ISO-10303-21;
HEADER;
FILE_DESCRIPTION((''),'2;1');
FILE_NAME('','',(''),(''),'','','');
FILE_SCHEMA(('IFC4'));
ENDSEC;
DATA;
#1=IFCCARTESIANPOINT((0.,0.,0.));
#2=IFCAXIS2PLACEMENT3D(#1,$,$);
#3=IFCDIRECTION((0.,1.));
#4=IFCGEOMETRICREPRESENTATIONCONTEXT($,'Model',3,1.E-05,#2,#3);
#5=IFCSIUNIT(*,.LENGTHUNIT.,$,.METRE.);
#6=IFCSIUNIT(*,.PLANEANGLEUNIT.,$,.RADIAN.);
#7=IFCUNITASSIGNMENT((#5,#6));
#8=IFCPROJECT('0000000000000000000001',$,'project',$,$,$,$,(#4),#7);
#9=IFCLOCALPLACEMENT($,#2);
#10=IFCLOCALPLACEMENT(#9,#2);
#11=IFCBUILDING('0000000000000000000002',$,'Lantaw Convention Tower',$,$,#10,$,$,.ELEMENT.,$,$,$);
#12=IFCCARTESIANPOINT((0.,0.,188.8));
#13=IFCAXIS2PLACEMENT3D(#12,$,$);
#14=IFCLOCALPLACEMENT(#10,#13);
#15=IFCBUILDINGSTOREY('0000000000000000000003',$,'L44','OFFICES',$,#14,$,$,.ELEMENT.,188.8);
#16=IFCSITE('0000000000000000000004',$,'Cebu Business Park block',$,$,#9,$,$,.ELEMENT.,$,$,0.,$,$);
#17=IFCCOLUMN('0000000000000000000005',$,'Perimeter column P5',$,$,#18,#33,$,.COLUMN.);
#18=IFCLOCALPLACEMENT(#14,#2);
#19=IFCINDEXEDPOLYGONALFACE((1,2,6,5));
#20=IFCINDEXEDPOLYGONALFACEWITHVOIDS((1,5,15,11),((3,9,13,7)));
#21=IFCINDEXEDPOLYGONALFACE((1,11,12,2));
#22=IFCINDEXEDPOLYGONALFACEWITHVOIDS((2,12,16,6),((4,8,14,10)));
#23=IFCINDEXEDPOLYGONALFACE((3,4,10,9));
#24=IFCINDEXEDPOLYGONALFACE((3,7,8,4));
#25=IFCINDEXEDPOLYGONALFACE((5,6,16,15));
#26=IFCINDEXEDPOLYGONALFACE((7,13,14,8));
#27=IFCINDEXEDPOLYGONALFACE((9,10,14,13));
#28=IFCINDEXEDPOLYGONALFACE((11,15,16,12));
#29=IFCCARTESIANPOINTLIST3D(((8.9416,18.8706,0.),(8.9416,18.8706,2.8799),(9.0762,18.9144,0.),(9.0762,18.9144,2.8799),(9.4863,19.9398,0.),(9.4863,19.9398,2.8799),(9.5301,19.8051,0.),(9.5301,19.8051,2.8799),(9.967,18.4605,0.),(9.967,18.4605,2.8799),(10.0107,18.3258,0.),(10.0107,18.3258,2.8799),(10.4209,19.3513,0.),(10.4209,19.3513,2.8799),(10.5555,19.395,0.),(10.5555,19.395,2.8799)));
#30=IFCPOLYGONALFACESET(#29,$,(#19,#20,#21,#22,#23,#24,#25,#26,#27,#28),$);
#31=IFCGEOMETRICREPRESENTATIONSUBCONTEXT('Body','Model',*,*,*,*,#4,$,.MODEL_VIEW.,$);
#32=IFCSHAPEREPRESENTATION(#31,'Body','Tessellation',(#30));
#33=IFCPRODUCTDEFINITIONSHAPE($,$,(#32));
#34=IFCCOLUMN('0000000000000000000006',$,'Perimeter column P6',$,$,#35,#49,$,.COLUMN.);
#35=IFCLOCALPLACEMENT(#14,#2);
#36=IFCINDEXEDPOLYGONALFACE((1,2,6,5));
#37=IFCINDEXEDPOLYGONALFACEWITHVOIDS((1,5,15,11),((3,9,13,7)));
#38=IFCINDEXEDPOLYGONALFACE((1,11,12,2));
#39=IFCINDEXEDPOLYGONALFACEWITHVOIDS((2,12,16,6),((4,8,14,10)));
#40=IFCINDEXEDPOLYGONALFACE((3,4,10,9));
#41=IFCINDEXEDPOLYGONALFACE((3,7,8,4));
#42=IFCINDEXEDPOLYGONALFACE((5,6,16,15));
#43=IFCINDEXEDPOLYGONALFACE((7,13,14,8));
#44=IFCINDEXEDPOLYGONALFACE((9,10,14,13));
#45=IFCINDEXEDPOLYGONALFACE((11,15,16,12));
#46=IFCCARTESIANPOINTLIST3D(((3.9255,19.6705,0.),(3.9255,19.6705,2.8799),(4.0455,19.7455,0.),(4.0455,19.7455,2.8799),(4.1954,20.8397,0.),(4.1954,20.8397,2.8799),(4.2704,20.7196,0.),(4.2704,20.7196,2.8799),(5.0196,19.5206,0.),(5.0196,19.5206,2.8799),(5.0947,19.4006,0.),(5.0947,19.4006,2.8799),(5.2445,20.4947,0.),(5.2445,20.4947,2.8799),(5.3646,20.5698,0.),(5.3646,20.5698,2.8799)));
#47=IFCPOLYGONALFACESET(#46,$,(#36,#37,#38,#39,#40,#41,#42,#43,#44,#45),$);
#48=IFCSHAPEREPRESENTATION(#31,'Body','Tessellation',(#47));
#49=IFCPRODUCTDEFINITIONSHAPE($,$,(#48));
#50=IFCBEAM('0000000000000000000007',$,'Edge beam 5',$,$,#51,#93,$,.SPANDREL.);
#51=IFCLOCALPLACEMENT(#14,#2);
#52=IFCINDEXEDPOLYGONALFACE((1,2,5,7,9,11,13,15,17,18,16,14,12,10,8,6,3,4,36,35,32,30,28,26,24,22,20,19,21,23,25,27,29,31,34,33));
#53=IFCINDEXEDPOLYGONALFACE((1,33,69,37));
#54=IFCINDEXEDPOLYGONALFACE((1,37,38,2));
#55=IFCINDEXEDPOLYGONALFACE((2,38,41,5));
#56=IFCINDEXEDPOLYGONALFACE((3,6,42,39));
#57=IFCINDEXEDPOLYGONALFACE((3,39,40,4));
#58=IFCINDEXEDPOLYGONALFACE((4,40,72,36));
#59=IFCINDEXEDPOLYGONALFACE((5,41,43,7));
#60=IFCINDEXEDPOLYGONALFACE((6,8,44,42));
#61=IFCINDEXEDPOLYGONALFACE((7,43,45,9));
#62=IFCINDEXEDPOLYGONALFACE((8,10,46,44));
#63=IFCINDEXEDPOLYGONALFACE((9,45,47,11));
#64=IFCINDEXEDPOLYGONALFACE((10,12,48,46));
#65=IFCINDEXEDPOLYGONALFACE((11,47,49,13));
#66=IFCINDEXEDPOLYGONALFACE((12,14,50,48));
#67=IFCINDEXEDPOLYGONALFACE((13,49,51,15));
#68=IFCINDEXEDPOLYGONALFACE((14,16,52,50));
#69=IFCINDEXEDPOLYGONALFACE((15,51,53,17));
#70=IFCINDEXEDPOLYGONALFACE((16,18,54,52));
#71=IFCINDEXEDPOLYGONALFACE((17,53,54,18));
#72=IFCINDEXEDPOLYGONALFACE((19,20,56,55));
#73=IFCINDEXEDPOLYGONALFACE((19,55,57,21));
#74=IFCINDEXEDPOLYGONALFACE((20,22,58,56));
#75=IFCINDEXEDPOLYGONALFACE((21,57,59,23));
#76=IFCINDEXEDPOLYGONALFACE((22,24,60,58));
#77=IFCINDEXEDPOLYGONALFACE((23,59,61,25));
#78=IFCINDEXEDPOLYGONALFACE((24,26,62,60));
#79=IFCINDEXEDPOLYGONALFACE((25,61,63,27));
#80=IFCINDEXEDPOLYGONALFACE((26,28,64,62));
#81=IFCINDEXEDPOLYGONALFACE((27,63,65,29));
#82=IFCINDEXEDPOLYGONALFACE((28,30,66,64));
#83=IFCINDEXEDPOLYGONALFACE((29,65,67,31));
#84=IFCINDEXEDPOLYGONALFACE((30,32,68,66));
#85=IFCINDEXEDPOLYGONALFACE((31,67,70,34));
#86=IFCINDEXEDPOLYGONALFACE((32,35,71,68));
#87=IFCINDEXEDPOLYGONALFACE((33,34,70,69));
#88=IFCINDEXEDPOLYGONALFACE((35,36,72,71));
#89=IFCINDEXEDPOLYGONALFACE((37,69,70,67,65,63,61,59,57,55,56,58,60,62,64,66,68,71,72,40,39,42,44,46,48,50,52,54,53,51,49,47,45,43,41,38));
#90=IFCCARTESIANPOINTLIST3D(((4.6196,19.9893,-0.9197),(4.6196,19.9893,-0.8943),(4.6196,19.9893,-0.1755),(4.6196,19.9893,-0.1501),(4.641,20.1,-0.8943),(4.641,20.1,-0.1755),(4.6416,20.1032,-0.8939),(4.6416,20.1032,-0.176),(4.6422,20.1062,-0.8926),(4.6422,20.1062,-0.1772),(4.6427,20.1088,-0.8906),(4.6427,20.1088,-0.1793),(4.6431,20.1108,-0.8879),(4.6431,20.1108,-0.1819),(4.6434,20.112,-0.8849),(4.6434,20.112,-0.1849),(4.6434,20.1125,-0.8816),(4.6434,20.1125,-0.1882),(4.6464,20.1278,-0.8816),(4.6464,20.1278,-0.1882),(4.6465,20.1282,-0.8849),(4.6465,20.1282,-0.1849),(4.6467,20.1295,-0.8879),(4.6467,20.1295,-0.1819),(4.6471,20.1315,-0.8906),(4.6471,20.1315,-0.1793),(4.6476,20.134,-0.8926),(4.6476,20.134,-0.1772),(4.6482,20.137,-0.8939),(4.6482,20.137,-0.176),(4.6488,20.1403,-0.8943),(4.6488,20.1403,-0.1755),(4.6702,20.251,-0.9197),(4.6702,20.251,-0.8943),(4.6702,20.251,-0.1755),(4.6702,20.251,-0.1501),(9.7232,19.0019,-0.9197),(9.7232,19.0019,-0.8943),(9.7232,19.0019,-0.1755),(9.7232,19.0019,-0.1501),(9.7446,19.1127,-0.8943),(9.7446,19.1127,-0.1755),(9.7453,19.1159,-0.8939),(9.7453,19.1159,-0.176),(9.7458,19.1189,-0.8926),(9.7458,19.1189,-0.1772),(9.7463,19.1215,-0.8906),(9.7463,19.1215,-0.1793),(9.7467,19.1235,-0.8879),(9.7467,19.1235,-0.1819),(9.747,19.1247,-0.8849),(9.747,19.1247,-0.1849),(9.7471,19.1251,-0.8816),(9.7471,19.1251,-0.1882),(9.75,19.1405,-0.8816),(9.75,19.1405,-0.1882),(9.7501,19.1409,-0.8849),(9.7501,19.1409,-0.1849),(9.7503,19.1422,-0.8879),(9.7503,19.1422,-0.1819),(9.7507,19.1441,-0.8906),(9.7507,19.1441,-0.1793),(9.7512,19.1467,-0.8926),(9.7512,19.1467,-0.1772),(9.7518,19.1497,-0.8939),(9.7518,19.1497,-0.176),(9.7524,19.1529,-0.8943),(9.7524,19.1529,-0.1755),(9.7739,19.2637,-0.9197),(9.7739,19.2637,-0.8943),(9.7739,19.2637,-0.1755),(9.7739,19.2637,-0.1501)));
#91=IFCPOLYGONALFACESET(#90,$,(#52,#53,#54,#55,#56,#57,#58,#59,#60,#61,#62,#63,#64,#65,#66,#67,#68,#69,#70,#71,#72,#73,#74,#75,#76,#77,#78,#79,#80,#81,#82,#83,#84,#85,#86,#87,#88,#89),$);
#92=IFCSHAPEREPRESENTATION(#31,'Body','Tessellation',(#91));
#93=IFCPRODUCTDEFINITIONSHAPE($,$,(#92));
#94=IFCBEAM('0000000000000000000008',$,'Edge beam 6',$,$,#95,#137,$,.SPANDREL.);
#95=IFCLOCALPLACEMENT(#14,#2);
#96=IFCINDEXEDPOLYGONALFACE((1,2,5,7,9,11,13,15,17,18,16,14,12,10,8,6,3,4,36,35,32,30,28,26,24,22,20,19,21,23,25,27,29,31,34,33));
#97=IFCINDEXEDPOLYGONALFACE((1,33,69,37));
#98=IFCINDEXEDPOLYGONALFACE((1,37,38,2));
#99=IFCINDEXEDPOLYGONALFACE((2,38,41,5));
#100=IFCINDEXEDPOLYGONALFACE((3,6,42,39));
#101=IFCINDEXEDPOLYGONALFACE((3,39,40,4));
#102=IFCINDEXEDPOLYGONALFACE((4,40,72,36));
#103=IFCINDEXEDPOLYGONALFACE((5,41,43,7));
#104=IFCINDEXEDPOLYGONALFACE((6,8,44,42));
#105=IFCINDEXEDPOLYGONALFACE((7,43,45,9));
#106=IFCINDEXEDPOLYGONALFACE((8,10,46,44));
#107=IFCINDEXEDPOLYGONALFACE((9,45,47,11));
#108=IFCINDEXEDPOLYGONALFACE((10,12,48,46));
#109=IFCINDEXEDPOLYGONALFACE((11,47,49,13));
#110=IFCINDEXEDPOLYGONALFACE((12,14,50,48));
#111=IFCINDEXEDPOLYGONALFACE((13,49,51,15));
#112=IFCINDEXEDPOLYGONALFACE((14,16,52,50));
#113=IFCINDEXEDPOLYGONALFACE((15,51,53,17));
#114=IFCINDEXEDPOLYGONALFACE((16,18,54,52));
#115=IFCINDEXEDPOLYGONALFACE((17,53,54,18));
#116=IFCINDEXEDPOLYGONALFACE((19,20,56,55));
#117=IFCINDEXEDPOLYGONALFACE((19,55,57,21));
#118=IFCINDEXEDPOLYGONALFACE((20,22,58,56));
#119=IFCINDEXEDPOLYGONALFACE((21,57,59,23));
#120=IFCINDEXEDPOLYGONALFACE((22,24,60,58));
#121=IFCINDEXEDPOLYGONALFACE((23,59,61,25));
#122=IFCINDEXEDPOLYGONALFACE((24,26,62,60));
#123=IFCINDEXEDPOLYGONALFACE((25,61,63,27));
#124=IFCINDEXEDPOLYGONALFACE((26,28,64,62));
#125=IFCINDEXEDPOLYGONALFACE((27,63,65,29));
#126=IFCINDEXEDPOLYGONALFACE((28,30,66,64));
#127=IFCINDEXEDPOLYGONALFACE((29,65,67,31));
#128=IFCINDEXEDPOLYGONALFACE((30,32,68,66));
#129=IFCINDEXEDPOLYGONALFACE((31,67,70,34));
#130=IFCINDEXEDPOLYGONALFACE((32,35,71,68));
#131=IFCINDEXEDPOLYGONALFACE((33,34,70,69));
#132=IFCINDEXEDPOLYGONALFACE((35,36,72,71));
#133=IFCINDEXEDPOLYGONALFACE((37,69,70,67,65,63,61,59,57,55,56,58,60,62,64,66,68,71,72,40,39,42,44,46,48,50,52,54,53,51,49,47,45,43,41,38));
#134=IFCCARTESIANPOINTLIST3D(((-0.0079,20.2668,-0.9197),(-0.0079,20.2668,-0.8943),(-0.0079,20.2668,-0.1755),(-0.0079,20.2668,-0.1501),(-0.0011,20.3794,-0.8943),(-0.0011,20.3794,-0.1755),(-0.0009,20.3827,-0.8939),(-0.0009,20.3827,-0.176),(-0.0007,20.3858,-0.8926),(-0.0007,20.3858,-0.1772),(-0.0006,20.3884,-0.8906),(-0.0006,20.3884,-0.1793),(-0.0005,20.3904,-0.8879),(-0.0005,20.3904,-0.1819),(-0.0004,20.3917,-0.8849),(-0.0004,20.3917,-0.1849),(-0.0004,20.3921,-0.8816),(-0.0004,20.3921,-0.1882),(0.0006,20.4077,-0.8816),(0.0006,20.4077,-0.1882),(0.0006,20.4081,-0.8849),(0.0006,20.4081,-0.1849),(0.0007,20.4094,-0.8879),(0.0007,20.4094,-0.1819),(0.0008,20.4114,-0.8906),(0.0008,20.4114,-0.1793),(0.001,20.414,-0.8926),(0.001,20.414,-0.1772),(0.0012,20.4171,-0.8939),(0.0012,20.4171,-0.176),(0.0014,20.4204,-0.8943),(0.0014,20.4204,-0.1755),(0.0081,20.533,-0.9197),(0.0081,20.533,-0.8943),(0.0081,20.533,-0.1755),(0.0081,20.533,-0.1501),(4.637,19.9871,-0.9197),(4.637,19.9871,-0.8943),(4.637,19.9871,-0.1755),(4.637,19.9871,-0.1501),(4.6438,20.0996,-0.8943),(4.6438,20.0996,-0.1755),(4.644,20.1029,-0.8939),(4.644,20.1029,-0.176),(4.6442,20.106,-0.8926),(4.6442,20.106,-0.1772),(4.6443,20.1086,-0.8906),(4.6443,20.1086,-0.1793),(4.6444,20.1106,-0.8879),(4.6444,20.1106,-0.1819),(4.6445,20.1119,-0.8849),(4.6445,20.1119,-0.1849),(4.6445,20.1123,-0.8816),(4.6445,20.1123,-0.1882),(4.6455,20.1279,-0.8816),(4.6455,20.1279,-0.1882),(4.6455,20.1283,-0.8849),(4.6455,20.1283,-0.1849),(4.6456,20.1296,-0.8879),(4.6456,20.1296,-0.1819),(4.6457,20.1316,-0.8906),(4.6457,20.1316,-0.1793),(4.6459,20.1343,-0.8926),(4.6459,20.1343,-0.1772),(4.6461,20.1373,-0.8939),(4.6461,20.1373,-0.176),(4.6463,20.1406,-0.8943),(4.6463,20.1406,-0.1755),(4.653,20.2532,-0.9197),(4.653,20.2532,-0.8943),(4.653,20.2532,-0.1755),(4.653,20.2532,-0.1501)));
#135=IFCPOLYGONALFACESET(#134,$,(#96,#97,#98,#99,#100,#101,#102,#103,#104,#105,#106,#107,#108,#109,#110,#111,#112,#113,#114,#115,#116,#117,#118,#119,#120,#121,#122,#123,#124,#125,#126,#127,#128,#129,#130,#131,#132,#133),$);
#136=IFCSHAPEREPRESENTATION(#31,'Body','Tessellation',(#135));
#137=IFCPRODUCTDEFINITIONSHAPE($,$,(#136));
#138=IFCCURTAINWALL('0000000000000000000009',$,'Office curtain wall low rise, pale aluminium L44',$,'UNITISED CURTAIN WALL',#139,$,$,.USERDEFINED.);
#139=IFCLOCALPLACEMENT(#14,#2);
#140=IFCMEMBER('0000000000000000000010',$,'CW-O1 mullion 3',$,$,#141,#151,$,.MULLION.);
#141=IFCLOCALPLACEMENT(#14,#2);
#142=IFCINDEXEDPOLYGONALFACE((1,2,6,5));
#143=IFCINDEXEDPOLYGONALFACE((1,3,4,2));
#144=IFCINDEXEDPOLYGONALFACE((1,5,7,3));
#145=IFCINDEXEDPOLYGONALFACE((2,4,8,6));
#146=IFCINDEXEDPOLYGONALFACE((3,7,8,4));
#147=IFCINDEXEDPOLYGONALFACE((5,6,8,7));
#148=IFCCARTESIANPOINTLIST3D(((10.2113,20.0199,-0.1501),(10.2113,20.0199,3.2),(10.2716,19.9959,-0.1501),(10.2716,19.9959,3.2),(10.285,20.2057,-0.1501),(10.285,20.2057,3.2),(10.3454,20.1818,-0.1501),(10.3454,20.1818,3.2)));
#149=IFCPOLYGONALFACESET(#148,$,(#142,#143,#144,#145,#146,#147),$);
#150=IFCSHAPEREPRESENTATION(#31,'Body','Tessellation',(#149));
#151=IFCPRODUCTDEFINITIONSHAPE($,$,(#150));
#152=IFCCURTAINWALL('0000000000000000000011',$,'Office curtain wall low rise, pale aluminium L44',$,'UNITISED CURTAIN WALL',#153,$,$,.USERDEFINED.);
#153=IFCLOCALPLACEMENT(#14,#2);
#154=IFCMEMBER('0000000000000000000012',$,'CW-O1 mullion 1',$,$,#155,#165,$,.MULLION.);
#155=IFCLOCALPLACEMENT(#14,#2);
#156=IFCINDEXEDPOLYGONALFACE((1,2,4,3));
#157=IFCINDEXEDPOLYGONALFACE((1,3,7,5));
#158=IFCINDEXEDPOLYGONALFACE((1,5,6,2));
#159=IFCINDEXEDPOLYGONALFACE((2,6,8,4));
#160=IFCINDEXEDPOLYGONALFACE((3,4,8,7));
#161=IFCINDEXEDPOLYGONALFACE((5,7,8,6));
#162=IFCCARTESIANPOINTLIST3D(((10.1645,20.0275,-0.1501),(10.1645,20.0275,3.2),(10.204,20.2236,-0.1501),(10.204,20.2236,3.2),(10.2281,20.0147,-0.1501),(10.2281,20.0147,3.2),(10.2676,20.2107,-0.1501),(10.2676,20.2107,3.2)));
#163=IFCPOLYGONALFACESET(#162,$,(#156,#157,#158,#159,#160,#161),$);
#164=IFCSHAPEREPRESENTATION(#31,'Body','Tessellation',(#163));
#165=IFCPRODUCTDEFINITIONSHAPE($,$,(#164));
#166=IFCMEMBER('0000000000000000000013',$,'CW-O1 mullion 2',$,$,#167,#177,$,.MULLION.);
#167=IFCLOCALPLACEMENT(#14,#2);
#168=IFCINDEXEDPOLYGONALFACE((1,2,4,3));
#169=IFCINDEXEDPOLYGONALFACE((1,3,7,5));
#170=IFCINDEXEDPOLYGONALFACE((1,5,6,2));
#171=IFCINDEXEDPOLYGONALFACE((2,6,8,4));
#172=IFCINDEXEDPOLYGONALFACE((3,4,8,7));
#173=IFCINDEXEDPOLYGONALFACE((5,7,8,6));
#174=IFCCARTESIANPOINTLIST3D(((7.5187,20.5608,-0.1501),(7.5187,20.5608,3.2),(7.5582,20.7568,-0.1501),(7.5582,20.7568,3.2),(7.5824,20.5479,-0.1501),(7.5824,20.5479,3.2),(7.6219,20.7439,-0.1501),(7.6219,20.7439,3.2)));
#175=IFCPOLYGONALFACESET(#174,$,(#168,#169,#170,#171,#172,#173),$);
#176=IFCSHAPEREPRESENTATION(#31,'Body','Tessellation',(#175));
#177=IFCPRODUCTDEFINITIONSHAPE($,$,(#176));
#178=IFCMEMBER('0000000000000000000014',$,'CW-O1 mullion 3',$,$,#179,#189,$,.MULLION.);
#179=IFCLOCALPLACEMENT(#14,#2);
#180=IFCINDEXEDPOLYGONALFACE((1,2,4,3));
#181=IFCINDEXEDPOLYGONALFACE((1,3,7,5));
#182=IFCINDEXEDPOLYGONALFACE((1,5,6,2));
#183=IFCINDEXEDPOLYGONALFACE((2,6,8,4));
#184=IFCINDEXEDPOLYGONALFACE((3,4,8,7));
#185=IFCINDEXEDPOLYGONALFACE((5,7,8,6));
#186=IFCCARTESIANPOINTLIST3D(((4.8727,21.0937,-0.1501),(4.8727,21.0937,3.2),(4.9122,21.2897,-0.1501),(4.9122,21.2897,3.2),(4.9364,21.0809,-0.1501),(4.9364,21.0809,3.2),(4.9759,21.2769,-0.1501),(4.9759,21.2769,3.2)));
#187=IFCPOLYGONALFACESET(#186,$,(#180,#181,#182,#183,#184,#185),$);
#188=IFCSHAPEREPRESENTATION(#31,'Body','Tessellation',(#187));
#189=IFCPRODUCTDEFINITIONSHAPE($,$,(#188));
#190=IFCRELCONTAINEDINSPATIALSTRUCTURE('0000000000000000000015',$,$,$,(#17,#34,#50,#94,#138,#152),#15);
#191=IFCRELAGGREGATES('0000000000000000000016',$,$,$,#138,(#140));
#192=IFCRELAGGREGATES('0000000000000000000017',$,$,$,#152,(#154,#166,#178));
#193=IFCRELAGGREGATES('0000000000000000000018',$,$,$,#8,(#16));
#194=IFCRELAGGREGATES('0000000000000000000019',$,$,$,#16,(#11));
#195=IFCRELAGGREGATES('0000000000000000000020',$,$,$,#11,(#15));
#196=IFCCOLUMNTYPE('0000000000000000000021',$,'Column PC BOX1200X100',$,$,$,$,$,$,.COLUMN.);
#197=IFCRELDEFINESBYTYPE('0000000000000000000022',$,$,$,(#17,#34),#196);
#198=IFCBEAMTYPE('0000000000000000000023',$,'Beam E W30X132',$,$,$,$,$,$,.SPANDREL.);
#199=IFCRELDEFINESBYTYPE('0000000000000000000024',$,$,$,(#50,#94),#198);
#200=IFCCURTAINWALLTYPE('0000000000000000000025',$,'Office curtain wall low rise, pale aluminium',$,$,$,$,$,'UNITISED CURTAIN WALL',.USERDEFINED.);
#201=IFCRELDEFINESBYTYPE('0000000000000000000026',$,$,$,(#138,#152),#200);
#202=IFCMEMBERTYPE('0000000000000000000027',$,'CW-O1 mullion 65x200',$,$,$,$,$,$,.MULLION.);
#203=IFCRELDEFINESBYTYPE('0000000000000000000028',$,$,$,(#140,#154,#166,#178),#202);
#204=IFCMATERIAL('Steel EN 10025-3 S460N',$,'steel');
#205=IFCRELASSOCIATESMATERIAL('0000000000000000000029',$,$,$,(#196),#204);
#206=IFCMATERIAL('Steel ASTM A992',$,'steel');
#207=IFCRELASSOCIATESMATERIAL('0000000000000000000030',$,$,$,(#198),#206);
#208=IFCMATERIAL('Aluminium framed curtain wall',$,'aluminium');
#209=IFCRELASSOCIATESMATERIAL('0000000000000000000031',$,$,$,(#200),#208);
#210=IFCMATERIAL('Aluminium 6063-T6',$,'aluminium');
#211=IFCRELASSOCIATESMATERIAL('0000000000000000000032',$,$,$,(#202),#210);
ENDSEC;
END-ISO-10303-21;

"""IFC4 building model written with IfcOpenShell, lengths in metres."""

from ifc_helpers import new_model, si_unit, direction, frame, origin, origin_2d, place, context, subcontext, project, spatial, rectangle, hollow_rectangle, i_section, extrude, material, material_profile, profile_set, type_object, element, aggregate, save


model = new_model("IFC4")

# Units and contexts
model_context = context("Model", 3, precision=1e-05, world=origin(), true_north=direction((0.0, 1.0)))
body_context = subcontext(model_context, "Body", "Model", "MODEL_VIEW")
ifc_project = project(units=[si_unit("LENGTHUNIT", "METRE"), si_unit("PLANEANGLEUNIT", "RADIAN")], contexts=[model_context])

# Site, building, storey
site_placement = place(None, origin())
site = spatial("IfcSite", under=ifc_project, at=site_placement, Name="Cebu Business Park block", CompositionType="ELEMENT", RefElevation=0.0)
building_placement = place(site_placement, origin())
building = spatial("IfcBuilding", under=site, at=building_placement, Name="Lantaw Convention Tower", CompositionType="ELEMENT")
storey_placement = place(building_placement, frame((0.0, 0.0, 188.8)))
storey = spatial("IfcBuildingStorey", under=building, at=storey_placement, Name="L44", Description="OFFICES", CompositionType="ELEMENT", Elevation=188.8)

# Columns
ifc_material_1 = material(Name="Steel EN 10025-3 S460N", Category="steel")
ifc_material_profile_1 = material_profile(ifc_material_1, hollow_rectangle(XDim=1.2, YDim=1.2, WallThickness=0.1001, at=origin_2d()), Name="BOX1200X100")
ifc_material_2 = material(Name="Concrete C60/75", Category="concrete")
ifc_material_profile_2 = material_profile(ifc_material_2, rectangle(XDim=1.0, YDim=1.0, at=origin_2d()), Name="Concrete fill of BOX1200X100")
ifc_profile_set_1 = profile_set([ifc_material_profile_1, ifc_material_profile_2], Name="Steel EN 10025-3 S460N")
column_type = type_object("IfcColumnType", Name="Column PC BOX1200X100", PredefinedType="COLUMN", material=ifc_profile_set_1)
for number, where, z_axis, x_axis, name in (
    (1, (9.7485, 19.1328, 0.0), (0.0, 0.0, 1.0), (0.45399, 0.891007, 0.0), "Perimeter column P5"),
    (2, (4.645, 20.1201, 0.0), (0.0, 0.0, 1.0), (0.224951, 0.97437, 0.0), "Perimeter column P6"),
):
    element("IfcColumn", number, at=place(storey_placement, frame(where, z_axis=z_axis, x_axis=x_axis)), inside=storey, type_object=column_type, Name=name, PredefinedType="COLUMN", context=body_context, shape_type="SweptSolid", body=[
        extrude(hollow_rectangle(XDim=1.2, YDim=1.2, WallThickness=0.1001, at=origin_2d()), origin(), (0.0, 0.0, 1.0), 2.8799),
    ])

# Beams
ifc_material_3 = material(Name="Steel ASTM A992", Category="steel")
ifc_material_profile_3 = material_profile(ifc_material_3, i_section(OverallWidth=0.2666, OverallDepth=0.7695, WebThickness=0.0156, FlangeThickness=0.0254, FilletRadius=0.0127, at=origin_2d()), Name="W30X132")
ifc_profile_set_2 = profile_set([ifc_material_profile_3], Name="Steel ASTM A992")
beam_type = type_object("IfcBeamType", Name="Beam E W30X132", PredefinedType="SPANDREL", material=ifc_profile_set_2)
beam_1_placement = place(storey_placement, frame((9.7485, 19.1328, -0.5349), z_axis=(-0.981797, 0.189934, 0.0), x_axis=(-0.189934, -0.981797, 0.0)))
element("IfcBeam", 3, at=beam_1_placement, inside=storey, type_object=beam_type, Name="Edge beam 5", PredefinedType="SPANDREL", context=body_context, shape_type="SweptSolid", body=[
    extrude(i_section(OverallWidth=0.2666, OverallDepth=0.7695, WebThickness=0.0156, FlangeThickness=0.0254, FilletRadius=0.0127, at=origin_2d()), origin(), (0.0, 0.0, 1.0), 5.1982),
])
beam_2_placement = place(storey_placement, frame((4.645, 20.1201, -0.5349), z_axis=(-0.998191, 0.060124, 0.0), x_axis=(-0.060124, -0.998191, 0.0)))
element("IfcBeam", 4, at=beam_2_placement, inside=storey, type_object=beam_type, Name="Edge beam 6", PredefinedType="SPANDREL", context=body_context, shape_type="SweptSolid", body=[
    extrude(i_section(OverallWidth=0.2666, OverallDepth=0.7695, WebThickness=0.0156, FlangeThickness=0.0254, FilletRadius=0.0127, at=origin_2d()), origin(), (0.0, 0.0, 1.0), 4.6533),
])

# Curtain wall, member
ifc_material_4 = material(Name="Aluminium framed curtain wall", Category="aluminium")
curtain_wall_type = type_object("IfcCurtainWallType", Name="Office curtain wall low rise, pale aluminium", ElementType="UNITISED CURTAIN WALL", PredefinedType="USERDEFINED", material=ifc_material_4)
curtain_wall_1_placement = place(storey_placement, origin())
curtain_wall_1 = element("IfcCurtainWall", 5, at=curtain_wall_1_placement, inside=storey, type_object=curtain_wall_type, Name="Office curtain wall low rise, pale aluminium L44", ObjectType="UNITISED CURTAIN WALL", PredefinedType="USERDEFINED")
ifc_material_5 = material(Name="Aluminium 6063-T6", Category="aluminium")
ifc_material_profile_4 = material_profile(ifc_material_5, rectangle(XDim=0.2, YDim=0.0649, at=origin_2d()), Name="CW-O1 mullion 65x200")
ifc_profile_set_3 = profile_set([ifc_material_profile_4], Name="Aluminium 6063-T6")
member_type_1 = type_object("IfcMemberType", Name="CW-O1 mullion 65x200", PredefinedType="MULLION", material=ifc_profile_set_3)
member_1_placement = place(storey_placement, frame((10.2783, 20.1008, -0.1501), z_axis=(0.0, 0.0, 1.0), x_axis=(-0.368702, -0.929548, 0.0)))
member_1 = element("IfcMember", 6, at=member_1_placement, type_object=member_type_1, Name="CW-O1 mullion 3", PredefinedType="MULLION", context=body_context, shape_type="SweptSolid", body=[
    extrude(rectangle(XDim=0.2, YDim=0.0649, at=origin_2d()), origin(), (0.0, 0.0, 1.0), 3.3501),
])

# Curtain wall, members
curtain_wall_2_placement = place(storey_placement, origin())
curtain_wall_2 = element("IfcCurtainWall", 7, at=curtain_wall_2_placement, inside=storey, type_object=curtain_wall_type, Name="Office curtain wall low rise, pale aluminium L44", ObjectType="UNITISED CURTAIN WALL", PredefinedType="USERDEFINED")
member_2_placement = place(storey_placement, frame((10.2161, 20.1191, -0.1501), z_axis=(0.0, 0.0, 1.0), x_axis=(-0.197507, -0.980302, 0.0)))
member_2 = element("IfcMember", 8, at=member_2_placement, type_object=member_type_1, Name="CW-O1 mullion 1", PredefinedType="MULLION", context=body_context, shape_type="SweptSolid", body=[
    extrude(rectangle(XDim=0.2, YDim=0.0649, at=origin_2d()), origin(), (0.0, 0.0, 1.0), 3.3501),
])
member_3_placement = place(storey_placement, frame((7.5703, 20.6523, -0.1501), z_axis=(0.0, 0.0, 1.0), x_axis=(-0.197507, -0.980302, 0.0)))
member_3 = element("IfcMember", 9, at=member_3_placement, type_object=member_type_1, Name="CW-O1 mullion 2", PredefinedType="MULLION", context=body_context, shape_type="SweptSolid", body=[
    extrude(rectangle(XDim=0.2, YDim=0.0649, at=origin_2d()), origin(), (0.0, 0.0, 1.0), 3.3501),
])
member_4_placement = place(storey_placement, frame((4.9243, 21.1853, -0.1501), z_axis=(0.0, 0.0, 1.0), x_axis=(-0.197507, -0.980302, 0.0)))
member_4 = element("IfcMember", 10, at=member_4_placement, type_object=member_type_1, Name="CW-O1 mullion 3", PredefinedType="MULLION", context=body_context, shape_type="SweptSolid", body=[
    extrude(rectangle(XDim=0.2, YDim=0.0649, at=origin_2d()), origin(), (0.0, 0.0, 1.0), 3.3501),
])

aggregate(curtain_wall_1, [member_1])
aggregate(curtain_wall_2, [member_2, member_3, member_4])

save(model, "model.ifc")
